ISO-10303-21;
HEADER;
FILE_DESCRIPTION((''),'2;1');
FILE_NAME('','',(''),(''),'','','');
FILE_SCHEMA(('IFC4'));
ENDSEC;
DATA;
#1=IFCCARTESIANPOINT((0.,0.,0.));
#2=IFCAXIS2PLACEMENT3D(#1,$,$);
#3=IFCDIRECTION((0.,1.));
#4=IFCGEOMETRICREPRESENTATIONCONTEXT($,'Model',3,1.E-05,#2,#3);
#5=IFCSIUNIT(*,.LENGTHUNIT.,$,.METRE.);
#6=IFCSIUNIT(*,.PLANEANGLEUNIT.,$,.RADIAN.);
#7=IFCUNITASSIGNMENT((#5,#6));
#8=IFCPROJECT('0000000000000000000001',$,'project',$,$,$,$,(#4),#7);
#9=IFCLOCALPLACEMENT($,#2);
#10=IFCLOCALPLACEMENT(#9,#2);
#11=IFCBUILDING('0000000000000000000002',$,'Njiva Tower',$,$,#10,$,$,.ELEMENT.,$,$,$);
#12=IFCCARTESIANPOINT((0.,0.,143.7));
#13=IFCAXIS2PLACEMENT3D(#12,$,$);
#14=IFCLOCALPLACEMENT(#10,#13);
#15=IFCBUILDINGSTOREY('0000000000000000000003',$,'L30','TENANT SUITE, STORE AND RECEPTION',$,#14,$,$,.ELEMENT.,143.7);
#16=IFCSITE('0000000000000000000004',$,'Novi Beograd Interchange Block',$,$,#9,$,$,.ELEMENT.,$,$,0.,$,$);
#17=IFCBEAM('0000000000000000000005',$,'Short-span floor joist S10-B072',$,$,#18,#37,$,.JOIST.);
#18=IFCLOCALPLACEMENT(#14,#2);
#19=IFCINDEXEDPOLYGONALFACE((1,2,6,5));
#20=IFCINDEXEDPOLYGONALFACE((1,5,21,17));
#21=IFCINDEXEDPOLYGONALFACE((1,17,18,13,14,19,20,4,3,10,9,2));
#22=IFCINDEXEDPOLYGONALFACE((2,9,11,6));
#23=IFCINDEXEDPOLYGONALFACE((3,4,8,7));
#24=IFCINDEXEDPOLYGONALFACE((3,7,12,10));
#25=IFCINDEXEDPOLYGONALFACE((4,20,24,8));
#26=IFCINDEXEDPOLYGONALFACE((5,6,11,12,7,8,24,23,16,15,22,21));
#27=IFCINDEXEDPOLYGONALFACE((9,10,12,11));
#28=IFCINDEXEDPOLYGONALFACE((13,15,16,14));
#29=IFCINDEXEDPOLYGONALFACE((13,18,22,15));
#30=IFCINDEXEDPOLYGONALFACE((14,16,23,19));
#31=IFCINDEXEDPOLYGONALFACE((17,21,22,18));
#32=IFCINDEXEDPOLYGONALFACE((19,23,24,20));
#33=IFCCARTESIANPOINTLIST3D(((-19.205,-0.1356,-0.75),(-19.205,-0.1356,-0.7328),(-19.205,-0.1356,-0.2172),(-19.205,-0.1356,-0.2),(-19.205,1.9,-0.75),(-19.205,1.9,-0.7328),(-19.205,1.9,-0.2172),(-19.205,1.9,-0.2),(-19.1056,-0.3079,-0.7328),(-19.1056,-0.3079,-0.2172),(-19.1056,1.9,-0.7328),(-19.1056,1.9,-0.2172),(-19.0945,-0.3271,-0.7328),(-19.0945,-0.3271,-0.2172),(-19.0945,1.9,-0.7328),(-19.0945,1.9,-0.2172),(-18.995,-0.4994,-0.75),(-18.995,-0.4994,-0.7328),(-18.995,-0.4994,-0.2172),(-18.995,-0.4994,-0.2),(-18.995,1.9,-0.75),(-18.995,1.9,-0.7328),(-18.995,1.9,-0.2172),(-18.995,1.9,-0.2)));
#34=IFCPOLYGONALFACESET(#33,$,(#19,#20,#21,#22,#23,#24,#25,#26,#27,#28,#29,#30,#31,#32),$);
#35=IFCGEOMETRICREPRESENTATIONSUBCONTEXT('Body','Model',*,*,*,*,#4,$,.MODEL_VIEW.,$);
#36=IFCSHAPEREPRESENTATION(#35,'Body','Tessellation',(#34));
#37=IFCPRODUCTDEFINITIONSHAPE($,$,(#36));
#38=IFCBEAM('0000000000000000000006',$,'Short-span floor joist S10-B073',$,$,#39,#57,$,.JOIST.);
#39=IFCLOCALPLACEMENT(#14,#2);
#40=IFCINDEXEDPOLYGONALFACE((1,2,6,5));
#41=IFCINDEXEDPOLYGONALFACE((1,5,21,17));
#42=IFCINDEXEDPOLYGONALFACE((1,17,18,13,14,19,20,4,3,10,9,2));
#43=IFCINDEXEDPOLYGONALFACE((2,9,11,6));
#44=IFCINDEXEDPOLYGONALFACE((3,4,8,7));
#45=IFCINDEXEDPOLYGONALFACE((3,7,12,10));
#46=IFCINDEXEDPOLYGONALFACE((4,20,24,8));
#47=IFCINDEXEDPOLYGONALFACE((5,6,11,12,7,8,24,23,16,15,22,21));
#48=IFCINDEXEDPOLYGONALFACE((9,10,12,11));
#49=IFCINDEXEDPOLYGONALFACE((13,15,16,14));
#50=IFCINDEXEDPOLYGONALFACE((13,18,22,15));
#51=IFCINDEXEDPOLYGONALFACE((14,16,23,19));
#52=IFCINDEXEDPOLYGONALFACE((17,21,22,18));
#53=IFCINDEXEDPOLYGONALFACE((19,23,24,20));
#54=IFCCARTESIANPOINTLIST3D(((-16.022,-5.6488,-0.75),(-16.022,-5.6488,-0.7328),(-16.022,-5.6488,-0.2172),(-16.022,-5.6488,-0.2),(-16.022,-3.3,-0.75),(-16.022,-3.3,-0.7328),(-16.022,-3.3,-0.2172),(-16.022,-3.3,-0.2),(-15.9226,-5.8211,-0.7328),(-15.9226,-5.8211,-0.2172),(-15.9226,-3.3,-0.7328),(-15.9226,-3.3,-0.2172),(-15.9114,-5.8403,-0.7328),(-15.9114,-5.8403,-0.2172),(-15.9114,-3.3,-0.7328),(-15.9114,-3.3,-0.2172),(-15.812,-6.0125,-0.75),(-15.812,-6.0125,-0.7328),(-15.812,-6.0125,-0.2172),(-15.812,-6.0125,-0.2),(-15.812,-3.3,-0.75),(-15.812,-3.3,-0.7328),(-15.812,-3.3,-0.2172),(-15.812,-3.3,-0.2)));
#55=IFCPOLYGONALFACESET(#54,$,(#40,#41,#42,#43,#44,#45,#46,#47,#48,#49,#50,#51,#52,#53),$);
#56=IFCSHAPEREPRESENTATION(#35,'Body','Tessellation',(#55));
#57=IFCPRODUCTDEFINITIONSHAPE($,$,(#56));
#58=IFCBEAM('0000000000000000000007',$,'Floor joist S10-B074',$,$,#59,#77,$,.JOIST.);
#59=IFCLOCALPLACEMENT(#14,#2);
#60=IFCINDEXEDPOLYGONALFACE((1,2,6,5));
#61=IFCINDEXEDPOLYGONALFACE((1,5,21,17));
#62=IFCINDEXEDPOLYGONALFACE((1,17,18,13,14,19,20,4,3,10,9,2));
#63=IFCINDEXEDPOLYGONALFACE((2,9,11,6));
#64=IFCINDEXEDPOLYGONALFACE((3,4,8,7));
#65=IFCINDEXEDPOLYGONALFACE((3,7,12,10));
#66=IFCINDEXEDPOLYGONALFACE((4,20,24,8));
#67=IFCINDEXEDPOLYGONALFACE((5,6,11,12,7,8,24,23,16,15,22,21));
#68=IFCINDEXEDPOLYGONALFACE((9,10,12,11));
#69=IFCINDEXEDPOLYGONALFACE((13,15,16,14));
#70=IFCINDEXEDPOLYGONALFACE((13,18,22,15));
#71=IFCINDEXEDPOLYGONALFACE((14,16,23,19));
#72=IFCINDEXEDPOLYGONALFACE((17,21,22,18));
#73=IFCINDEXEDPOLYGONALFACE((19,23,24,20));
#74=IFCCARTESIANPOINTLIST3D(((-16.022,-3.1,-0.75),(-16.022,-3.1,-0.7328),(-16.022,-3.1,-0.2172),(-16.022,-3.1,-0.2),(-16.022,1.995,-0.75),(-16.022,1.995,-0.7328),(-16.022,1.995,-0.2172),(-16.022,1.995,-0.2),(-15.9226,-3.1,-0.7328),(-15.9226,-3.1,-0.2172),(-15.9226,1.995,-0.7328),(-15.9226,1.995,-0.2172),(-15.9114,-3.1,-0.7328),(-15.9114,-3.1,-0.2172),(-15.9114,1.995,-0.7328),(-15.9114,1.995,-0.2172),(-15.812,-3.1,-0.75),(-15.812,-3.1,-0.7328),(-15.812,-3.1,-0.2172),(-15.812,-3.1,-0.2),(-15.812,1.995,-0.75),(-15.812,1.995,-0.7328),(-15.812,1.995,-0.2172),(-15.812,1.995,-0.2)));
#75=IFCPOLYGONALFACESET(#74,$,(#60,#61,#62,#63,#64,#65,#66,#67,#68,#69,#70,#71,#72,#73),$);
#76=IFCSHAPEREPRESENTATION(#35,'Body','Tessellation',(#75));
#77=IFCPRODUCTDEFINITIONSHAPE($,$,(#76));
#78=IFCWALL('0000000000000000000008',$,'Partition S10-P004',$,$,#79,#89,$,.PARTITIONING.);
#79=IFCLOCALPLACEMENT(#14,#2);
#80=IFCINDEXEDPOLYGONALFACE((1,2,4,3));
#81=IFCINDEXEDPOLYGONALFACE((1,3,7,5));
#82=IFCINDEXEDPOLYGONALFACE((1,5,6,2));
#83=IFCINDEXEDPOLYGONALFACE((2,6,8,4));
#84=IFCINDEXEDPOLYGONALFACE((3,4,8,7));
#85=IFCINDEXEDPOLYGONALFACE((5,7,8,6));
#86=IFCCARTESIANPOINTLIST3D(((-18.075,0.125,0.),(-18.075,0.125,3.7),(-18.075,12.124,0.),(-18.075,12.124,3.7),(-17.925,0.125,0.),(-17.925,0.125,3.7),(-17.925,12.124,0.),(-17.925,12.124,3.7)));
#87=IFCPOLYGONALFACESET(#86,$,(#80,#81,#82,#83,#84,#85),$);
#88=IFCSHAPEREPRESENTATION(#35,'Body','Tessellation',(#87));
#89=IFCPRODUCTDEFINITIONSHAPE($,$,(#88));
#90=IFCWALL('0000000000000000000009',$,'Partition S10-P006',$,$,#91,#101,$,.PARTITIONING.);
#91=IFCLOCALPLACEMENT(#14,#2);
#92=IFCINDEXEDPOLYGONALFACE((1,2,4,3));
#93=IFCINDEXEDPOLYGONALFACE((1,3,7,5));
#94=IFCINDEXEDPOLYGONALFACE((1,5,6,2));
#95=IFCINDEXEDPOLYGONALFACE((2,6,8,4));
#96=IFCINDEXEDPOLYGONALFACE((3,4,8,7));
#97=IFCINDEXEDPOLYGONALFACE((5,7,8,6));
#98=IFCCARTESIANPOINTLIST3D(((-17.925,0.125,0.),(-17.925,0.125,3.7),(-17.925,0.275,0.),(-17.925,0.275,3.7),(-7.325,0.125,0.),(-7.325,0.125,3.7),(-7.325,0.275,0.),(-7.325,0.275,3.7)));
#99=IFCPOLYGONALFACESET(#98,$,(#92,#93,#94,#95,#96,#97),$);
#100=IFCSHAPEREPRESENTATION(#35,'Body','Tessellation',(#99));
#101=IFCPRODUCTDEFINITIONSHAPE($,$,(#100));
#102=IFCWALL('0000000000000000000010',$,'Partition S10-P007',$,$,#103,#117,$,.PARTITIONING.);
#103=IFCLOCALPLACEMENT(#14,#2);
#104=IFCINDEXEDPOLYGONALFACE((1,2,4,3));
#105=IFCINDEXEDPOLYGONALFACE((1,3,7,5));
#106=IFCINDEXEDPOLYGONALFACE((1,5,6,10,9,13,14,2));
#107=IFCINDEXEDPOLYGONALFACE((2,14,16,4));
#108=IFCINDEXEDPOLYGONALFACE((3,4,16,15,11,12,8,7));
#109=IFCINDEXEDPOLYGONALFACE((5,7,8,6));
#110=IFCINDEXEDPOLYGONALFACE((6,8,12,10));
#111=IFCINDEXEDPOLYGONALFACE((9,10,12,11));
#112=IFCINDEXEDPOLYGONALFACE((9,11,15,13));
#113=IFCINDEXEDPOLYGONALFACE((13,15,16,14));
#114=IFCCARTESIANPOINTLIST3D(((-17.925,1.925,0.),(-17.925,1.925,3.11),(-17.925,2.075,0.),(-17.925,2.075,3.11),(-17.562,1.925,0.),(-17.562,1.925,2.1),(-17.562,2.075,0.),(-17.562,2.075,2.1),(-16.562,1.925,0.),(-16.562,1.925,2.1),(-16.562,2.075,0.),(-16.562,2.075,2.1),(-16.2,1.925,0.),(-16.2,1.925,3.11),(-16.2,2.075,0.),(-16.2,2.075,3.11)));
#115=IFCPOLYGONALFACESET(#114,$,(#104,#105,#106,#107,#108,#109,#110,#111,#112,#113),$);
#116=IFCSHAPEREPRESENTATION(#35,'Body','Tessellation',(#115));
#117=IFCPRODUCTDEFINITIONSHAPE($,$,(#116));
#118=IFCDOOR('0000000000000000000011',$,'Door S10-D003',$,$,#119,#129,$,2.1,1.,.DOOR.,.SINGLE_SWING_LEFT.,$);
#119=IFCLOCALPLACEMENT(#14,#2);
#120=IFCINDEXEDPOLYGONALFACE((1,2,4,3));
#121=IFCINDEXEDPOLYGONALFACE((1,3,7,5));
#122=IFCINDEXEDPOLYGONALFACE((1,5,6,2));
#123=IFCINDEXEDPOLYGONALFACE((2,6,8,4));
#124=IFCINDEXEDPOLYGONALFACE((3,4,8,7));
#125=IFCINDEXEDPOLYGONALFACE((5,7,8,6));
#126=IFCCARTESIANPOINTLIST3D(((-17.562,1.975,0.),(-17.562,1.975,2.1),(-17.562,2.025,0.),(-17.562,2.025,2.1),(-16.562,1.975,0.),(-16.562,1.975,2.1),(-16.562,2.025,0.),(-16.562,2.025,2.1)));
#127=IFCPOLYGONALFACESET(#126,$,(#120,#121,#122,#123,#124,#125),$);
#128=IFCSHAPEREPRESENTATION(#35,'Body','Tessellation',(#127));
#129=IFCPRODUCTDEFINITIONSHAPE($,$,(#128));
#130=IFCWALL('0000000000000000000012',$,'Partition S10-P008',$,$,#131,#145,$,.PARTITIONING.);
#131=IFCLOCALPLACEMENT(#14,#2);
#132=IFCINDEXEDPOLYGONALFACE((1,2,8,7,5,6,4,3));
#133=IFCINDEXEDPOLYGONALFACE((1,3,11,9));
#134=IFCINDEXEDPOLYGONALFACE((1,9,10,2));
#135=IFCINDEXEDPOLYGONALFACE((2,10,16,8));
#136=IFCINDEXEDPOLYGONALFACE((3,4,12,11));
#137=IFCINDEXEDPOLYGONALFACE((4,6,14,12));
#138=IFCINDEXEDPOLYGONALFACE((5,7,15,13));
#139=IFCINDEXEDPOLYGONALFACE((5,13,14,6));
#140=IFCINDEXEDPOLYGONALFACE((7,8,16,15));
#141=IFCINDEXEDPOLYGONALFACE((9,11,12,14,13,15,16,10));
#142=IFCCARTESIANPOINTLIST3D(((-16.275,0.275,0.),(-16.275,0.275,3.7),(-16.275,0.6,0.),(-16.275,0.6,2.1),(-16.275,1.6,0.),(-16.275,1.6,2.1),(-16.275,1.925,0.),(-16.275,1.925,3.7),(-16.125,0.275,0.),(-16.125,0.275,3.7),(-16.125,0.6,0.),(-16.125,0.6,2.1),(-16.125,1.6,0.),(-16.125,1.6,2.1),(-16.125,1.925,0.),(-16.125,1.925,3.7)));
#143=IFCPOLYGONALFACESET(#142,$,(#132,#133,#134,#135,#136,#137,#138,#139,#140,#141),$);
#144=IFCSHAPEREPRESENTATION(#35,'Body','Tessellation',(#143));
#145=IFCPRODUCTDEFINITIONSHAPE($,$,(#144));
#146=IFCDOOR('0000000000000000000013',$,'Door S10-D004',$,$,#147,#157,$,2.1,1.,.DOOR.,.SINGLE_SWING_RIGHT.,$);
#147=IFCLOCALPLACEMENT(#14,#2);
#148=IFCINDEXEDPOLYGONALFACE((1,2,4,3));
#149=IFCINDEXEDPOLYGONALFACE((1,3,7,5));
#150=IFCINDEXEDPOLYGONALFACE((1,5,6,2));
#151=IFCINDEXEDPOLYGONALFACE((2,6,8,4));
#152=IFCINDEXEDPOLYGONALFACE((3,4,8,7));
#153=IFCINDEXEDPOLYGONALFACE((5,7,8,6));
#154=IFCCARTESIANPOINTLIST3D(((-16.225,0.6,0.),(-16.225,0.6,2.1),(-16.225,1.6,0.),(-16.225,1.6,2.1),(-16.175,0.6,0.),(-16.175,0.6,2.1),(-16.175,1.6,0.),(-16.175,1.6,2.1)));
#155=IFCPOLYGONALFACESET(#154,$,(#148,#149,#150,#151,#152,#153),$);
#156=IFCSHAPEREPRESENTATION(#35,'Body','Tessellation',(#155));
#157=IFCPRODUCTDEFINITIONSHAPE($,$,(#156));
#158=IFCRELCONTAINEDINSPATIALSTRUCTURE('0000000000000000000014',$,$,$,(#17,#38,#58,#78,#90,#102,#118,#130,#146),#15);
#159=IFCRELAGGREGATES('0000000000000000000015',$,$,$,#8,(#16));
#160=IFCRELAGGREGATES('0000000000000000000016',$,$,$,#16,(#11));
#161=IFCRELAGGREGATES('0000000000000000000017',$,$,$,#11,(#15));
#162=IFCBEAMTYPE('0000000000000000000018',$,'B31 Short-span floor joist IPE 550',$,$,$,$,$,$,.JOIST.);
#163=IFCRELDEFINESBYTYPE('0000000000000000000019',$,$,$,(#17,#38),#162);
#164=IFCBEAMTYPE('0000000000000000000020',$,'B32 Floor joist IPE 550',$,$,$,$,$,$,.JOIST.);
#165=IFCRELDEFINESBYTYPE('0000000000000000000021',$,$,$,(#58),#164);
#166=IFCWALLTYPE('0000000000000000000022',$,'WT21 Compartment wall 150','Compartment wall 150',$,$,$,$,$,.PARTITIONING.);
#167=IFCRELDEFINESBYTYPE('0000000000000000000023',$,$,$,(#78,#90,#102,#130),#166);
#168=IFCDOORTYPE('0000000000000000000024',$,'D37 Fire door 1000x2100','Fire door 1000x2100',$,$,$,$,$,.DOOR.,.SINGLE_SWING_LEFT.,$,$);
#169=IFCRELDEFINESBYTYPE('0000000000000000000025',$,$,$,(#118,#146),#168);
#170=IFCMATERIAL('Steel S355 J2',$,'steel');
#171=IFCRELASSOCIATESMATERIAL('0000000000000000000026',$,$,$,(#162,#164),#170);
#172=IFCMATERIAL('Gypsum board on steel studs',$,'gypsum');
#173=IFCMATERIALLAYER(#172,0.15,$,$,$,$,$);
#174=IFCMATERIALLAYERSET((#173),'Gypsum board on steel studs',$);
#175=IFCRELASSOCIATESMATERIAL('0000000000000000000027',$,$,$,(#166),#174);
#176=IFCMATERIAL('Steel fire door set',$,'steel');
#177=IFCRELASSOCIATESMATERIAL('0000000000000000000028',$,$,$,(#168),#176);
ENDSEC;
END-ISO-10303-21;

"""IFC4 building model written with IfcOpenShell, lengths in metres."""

from ifc_helpers import new_model, si_unit, direction, frame, frame_2d, origin, origin_2d, place, context, subcontext, project, spatial, rectangle, i_section, extrude, clip, halfspace, material, layer, layer_set, material_profile, profile_set, type_object, element, fill, save


model = new_model("IFC4")

# Units and contexts
model_context = context("Model", 3, precision=1e-05, world=origin(), true_north=direction((0.0, 1.0)))
body_context = subcontext(model_context, "Body", "Model", "MODEL_VIEW")
ifc_project = project(units=[si_unit("LENGTHUNIT", "METRE"), si_unit("PLANEANGLEUNIT", "RADIAN")], contexts=[model_context])

# Site, building, storey
site_placement = place(None, origin())
site = spatial("IfcSite", under=ifc_project, at=site_placement, Name="Novi Beograd Interchange Block", CompositionType="ELEMENT", RefElevation=0.0)
building_placement = place(site_placement, origin())
building = spatial("IfcBuilding", under=site, at=building_placement, Name="Njiva Tower", CompositionType="ELEMENT")
storey_placement = place(building_placement, frame((0.0, 0.0, 143.7)))
storey = spatial("IfcBuildingStorey", under=building, at=storey_placement, Name="L30", Description="TENANT SUITE, STORE AND RECEPTION", CompositionType="ELEMENT", Elevation=143.7)

# Shared definitions
ifc_material_1 = material(Name="Steel S355 J2", Category="steel")

# Beams
ifc_material_profile_1 = material_profile(ifc_material_1, i_section(OverallWidth=0.21, OverallDepth=0.55, WebThickness=0.0111, FlangeThickness=0.0172, at=origin_2d()), Name="IPE 550")
ifc_profile_set_1 = profile_set([ifc_material_profile_1], Name="Steel S355 J2")
beam_type_1 = type_object("IfcBeamType", Name="B31 Short-span floor joist IPE 550", PredefinedType="JOIST", material=ifc_profile_set_1)
beam_1_placement = place(storey_placement, frame((-19.1, 1.9, -0.475), z_axis=(0.0, -1.0, 0.0), x_axis=(1.0, 0.0, 0.0)))
element("IfcBeam", 1, at=beam_1_placement, inside=storey, type_object=beam_type_1, Name="Short-span floor joist S10-B072", PredefinedType="JOIST", context=body_context, shape_type="Clipping", body=[
    clip(extrude(i_section(OverallWidth=0.21, OverallDepth=0.55, WebThickness=0.0111, FlangeThickness=0.0172, at=origin_2d()), origin(), (0.0, 0.0, 1.0), 2.419), halfspace(frame((-0.0433, 0.0, 2.1425), z_axis=(-0.866027, 0.0, 0.499998), x_axis=(0.0, 1.0, 0.0)), False)),
])
beam_2_placement = place(storey_placement, frame((-15.917, -3.3, -0.475), z_axis=(0.0, -1.0, 0.0), x_axis=(1.0, 0.0, 0.0)))
element("IfcBeam", 2, at=beam_2_placement, inside=storey, type_object=beam_type_1, Name="Short-span floor joist S10-B073", PredefinedType="JOIST", context=body_context, shape_type="Clipping", body=[
    clip(extrude(i_section(OverallWidth=0.21, OverallDepth=0.55, WebThickness=0.0111, FlangeThickness=0.0172, at=origin_2d()), origin(), (0.0, 0.0, 1.0), 2.733), halfspace(frame((-0.043, 0.0, 2.4562), z_axis=(-0.866027, 0.0, 0.499998), x_axis=(0.0, 1.0, 0.0)), False)),
])
ifc_material_profile_2 = material_profile(ifc_material_1, i_section(OverallWidth=0.21, OverallDepth=0.55, WebThickness=0.0111, FlangeThickness=0.0172, at=origin_2d()), Name="IPE 550")
ifc_profile_set_2 = profile_set([ifc_material_profile_2], Name="Steel S355 J2")
beam_type_2 = type_object("IfcBeamType", Name="B32 Floor joist IPE 550", PredefinedType="JOIST", material=ifc_profile_set_2)
beam_3_placement = place(storey_placement, frame((-15.917, 1.995, -0.475), z_axis=(0.0, -1.0, 0.0), x_axis=(1.0, 0.0, 0.0)))
element("IfcBeam", 3, at=beam_3_placement, inside=storey, type_object=beam_type_2, Name="Floor joist S10-B074", PredefinedType="JOIST", context=body_context, shape_type="SweptSolid", body=[
    extrude(i_section(OverallWidth=0.21, OverallDepth=0.55, WebThickness=0.0111, FlangeThickness=0.0172, at=origin_2d()), origin(), (0.0, 0.0, 1.0), 5.095),
])

# Walls
ifc_material_2 = material(Name="Gypsum board on steel studs", Category="gypsum")
ifc_layer = layer(ifc_material_2, 0.15)
ifc_layer_set = layer_set([ifc_layer], Name="Gypsum board on steel studs")
wall_type = type_object("IfcWallType", Name="WT21 Compartment wall 150", Description="Compartment wall 150", PredefinedType="PARTITIONING", material=ifc_layer_set)
wall_1_placement = place(storey_placement, frame((-18.0, 0.125, 0.0), z_axis=(0.0, 0.0, 1.0), x_axis=(0.0, 1.0, 0.0)))
element("IfcWall", 4, at=wall_1_placement, inside=storey, type_object=wall_type, Name="Partition S10-P004", PredefinedType="PARTITIONING", context=body_context, shape_type="SweptSolid", body=[
    extrude(rectangle(XDim=11.999, YDim=0.15, at=frame_2d((5.9995, 0.0))), origin(), (0.0, 0.0, 1.0), 3.7),
])
wall_2_placement = place(storey_placement, frame((-17.925, 0.2, 0.0), z_axis=(0.0, 0.0, 1.0), x_axis=(1.0, 0.0, 0.0)))
element("IfcWall", 5, at=wall_2_placement, inside=storey, type_object=wall_type, Name="Partition S10-P006", PredefinedType="PARTITIONING", context=body_context, shape_type="SweptSolid", body=[
    extrude(rectangle(XDim=10.6, YDim=0.15, at=frame_2d((5.3, 0.0))), origin(), (0.0, 0.0, 1.0), 3.7),
])

# Walls, openings, doors
wall_3_placement = place(storey_placement, frame((-17.925, 2.0, 0.0), z_axis=(0.0, 0.0, 1.0), x_axis=(1.0, 0.0, 0.0)))
wall_3 = element("IfcWall", 6, at=wall_3_placement, inside=storey, type_object=wall_type, Name="Partition S10-P007", PredefinedType="PARTITIONING", context=body_context, shape_type="SweptSolid", body=[
    extrude(rectangle(XDim=1.725, YDim=0.15, at=frame_2d((0.8625, 0.0))), origin(), (0.0, 0.0, 1.0), 3.11),
])
opening_1_placement = place(wall_3_placement, frame((0.363, 0.0, 0.0)))
opening_1 = element("IfcOpeningElement", 7, at=opening_1_placement, cuts=wall_3, PredefinedType="OPENING", context=body_context, shape_type="SweptSolid", body=[
    extrude(rectangle(XDim=1.0, YDim=2.1, at=frame_2d((0.5, 1.05))), frame((0.0, 0.085, 0.0), z_axis=(0.0, -1.0, 0.0), x_axis=(1.0, 0.0, 0.0)), (0.0, 0.0, 1.0), 0.17),
])
ifc_material_3 = material(Name="Steel fire door set", Category="steel")
door_type = type_object("IfcDoorType", Name="D37 Fire door 1000x2100", Description="Fire door 1000x2100", OperationType="SINGLE_SWING_LEFT", PredefinedType="DOOR", material=ifc_material_3)
door_1_placement = place(opening_1_placement, origin())
door_1 = element("IfcDoor", 8, at=door_1_placement, inside=storey, type_object=door_type, Name="Door S10-D003", OperationType="SINGLE_SWING_LEFT", OverallHeight=2.1, OverallWidth=1.0, PredefinedType="DOOR", context=body_context, shape_type="SweptSolid", body=[
    extrude(rectangle(XDim=1.0, YDim=2.1, at=frame_2d((0.5, 1.05))), frame((0.0, 0.025, 0.0), z_axis=(0.0, -1.0, 0.0), x_axis=(1.0, 0.0, 0.0)), (0.0, 0.0, 1.0), 0.05),
])
fill(opening_1, door_1)
wall_4_placement = place(storey_placement, frame((-16.2, 0.275, 0.0), z_axis=(0.0, 0.0, 1.0), x_axis=(0.0, 1.0, 0.0)))
wall_4 = element("IfcWall", 9, at=wall_4_placement, inside=storey, type_object=wall_type, Name="Partition S10-P008", PredefinedType="PARTITIONING", context=body_context, shape_type="SweptSolid", body=[
    extrude(rectangle(XDim=1.65, YDim=0.15, at=frame_2d((0.825, 0.0))), origin(), (0.0, 0.0, 1.0), 3.7),
])
opening_2_placement = place(wall_4_placement, frame((0.325, 0.0, 0.0)))
opening_2 = element("IfcOpeningElement", 10, at=opening_2_placement, cuts=wall_4, PredefinedType="OPENING", context=body_context, shape_type="SweptSolid", body=[
    extrude(rectangle(XDim=1.0, YDim=2.1, at=frame_2d((0.5, 1.05))), frame((0.0, 0.085, 0.0), z_axis=(0.0, -1.0, 0.0), x_axis=(1.0, 0.0, 0.0)), (0.0, 0.0, 1.0), 0.17),
])
door_2_placement = place(opening_2_placement, origin())
door_2 = element("IfcDoor", 11, at=door_2_placement, inside=storey, type_object=door_type, Name="Door S10-D004", OperationType="SINGLE_SWING_RIGHT", OverallHeight=2.1, OverallWidth=1.0, PredefinedType="DOOR", context=body_context, shape_type="SweptSolid", body=[
    extrude(rectangle(XDim=1.0, YDim=2.1, at=frame_2d((0.5, 1.05))), frame((0.0, 0.025, 0.0), z_axis=(0.0, -1.0, 0.0), x_axis=(1.0, 0.0, 0.0)), (0.0, 0.0, 1.0), 0.05),
])
fill(opening_2, door_2)

save(model, "model.ifc")
